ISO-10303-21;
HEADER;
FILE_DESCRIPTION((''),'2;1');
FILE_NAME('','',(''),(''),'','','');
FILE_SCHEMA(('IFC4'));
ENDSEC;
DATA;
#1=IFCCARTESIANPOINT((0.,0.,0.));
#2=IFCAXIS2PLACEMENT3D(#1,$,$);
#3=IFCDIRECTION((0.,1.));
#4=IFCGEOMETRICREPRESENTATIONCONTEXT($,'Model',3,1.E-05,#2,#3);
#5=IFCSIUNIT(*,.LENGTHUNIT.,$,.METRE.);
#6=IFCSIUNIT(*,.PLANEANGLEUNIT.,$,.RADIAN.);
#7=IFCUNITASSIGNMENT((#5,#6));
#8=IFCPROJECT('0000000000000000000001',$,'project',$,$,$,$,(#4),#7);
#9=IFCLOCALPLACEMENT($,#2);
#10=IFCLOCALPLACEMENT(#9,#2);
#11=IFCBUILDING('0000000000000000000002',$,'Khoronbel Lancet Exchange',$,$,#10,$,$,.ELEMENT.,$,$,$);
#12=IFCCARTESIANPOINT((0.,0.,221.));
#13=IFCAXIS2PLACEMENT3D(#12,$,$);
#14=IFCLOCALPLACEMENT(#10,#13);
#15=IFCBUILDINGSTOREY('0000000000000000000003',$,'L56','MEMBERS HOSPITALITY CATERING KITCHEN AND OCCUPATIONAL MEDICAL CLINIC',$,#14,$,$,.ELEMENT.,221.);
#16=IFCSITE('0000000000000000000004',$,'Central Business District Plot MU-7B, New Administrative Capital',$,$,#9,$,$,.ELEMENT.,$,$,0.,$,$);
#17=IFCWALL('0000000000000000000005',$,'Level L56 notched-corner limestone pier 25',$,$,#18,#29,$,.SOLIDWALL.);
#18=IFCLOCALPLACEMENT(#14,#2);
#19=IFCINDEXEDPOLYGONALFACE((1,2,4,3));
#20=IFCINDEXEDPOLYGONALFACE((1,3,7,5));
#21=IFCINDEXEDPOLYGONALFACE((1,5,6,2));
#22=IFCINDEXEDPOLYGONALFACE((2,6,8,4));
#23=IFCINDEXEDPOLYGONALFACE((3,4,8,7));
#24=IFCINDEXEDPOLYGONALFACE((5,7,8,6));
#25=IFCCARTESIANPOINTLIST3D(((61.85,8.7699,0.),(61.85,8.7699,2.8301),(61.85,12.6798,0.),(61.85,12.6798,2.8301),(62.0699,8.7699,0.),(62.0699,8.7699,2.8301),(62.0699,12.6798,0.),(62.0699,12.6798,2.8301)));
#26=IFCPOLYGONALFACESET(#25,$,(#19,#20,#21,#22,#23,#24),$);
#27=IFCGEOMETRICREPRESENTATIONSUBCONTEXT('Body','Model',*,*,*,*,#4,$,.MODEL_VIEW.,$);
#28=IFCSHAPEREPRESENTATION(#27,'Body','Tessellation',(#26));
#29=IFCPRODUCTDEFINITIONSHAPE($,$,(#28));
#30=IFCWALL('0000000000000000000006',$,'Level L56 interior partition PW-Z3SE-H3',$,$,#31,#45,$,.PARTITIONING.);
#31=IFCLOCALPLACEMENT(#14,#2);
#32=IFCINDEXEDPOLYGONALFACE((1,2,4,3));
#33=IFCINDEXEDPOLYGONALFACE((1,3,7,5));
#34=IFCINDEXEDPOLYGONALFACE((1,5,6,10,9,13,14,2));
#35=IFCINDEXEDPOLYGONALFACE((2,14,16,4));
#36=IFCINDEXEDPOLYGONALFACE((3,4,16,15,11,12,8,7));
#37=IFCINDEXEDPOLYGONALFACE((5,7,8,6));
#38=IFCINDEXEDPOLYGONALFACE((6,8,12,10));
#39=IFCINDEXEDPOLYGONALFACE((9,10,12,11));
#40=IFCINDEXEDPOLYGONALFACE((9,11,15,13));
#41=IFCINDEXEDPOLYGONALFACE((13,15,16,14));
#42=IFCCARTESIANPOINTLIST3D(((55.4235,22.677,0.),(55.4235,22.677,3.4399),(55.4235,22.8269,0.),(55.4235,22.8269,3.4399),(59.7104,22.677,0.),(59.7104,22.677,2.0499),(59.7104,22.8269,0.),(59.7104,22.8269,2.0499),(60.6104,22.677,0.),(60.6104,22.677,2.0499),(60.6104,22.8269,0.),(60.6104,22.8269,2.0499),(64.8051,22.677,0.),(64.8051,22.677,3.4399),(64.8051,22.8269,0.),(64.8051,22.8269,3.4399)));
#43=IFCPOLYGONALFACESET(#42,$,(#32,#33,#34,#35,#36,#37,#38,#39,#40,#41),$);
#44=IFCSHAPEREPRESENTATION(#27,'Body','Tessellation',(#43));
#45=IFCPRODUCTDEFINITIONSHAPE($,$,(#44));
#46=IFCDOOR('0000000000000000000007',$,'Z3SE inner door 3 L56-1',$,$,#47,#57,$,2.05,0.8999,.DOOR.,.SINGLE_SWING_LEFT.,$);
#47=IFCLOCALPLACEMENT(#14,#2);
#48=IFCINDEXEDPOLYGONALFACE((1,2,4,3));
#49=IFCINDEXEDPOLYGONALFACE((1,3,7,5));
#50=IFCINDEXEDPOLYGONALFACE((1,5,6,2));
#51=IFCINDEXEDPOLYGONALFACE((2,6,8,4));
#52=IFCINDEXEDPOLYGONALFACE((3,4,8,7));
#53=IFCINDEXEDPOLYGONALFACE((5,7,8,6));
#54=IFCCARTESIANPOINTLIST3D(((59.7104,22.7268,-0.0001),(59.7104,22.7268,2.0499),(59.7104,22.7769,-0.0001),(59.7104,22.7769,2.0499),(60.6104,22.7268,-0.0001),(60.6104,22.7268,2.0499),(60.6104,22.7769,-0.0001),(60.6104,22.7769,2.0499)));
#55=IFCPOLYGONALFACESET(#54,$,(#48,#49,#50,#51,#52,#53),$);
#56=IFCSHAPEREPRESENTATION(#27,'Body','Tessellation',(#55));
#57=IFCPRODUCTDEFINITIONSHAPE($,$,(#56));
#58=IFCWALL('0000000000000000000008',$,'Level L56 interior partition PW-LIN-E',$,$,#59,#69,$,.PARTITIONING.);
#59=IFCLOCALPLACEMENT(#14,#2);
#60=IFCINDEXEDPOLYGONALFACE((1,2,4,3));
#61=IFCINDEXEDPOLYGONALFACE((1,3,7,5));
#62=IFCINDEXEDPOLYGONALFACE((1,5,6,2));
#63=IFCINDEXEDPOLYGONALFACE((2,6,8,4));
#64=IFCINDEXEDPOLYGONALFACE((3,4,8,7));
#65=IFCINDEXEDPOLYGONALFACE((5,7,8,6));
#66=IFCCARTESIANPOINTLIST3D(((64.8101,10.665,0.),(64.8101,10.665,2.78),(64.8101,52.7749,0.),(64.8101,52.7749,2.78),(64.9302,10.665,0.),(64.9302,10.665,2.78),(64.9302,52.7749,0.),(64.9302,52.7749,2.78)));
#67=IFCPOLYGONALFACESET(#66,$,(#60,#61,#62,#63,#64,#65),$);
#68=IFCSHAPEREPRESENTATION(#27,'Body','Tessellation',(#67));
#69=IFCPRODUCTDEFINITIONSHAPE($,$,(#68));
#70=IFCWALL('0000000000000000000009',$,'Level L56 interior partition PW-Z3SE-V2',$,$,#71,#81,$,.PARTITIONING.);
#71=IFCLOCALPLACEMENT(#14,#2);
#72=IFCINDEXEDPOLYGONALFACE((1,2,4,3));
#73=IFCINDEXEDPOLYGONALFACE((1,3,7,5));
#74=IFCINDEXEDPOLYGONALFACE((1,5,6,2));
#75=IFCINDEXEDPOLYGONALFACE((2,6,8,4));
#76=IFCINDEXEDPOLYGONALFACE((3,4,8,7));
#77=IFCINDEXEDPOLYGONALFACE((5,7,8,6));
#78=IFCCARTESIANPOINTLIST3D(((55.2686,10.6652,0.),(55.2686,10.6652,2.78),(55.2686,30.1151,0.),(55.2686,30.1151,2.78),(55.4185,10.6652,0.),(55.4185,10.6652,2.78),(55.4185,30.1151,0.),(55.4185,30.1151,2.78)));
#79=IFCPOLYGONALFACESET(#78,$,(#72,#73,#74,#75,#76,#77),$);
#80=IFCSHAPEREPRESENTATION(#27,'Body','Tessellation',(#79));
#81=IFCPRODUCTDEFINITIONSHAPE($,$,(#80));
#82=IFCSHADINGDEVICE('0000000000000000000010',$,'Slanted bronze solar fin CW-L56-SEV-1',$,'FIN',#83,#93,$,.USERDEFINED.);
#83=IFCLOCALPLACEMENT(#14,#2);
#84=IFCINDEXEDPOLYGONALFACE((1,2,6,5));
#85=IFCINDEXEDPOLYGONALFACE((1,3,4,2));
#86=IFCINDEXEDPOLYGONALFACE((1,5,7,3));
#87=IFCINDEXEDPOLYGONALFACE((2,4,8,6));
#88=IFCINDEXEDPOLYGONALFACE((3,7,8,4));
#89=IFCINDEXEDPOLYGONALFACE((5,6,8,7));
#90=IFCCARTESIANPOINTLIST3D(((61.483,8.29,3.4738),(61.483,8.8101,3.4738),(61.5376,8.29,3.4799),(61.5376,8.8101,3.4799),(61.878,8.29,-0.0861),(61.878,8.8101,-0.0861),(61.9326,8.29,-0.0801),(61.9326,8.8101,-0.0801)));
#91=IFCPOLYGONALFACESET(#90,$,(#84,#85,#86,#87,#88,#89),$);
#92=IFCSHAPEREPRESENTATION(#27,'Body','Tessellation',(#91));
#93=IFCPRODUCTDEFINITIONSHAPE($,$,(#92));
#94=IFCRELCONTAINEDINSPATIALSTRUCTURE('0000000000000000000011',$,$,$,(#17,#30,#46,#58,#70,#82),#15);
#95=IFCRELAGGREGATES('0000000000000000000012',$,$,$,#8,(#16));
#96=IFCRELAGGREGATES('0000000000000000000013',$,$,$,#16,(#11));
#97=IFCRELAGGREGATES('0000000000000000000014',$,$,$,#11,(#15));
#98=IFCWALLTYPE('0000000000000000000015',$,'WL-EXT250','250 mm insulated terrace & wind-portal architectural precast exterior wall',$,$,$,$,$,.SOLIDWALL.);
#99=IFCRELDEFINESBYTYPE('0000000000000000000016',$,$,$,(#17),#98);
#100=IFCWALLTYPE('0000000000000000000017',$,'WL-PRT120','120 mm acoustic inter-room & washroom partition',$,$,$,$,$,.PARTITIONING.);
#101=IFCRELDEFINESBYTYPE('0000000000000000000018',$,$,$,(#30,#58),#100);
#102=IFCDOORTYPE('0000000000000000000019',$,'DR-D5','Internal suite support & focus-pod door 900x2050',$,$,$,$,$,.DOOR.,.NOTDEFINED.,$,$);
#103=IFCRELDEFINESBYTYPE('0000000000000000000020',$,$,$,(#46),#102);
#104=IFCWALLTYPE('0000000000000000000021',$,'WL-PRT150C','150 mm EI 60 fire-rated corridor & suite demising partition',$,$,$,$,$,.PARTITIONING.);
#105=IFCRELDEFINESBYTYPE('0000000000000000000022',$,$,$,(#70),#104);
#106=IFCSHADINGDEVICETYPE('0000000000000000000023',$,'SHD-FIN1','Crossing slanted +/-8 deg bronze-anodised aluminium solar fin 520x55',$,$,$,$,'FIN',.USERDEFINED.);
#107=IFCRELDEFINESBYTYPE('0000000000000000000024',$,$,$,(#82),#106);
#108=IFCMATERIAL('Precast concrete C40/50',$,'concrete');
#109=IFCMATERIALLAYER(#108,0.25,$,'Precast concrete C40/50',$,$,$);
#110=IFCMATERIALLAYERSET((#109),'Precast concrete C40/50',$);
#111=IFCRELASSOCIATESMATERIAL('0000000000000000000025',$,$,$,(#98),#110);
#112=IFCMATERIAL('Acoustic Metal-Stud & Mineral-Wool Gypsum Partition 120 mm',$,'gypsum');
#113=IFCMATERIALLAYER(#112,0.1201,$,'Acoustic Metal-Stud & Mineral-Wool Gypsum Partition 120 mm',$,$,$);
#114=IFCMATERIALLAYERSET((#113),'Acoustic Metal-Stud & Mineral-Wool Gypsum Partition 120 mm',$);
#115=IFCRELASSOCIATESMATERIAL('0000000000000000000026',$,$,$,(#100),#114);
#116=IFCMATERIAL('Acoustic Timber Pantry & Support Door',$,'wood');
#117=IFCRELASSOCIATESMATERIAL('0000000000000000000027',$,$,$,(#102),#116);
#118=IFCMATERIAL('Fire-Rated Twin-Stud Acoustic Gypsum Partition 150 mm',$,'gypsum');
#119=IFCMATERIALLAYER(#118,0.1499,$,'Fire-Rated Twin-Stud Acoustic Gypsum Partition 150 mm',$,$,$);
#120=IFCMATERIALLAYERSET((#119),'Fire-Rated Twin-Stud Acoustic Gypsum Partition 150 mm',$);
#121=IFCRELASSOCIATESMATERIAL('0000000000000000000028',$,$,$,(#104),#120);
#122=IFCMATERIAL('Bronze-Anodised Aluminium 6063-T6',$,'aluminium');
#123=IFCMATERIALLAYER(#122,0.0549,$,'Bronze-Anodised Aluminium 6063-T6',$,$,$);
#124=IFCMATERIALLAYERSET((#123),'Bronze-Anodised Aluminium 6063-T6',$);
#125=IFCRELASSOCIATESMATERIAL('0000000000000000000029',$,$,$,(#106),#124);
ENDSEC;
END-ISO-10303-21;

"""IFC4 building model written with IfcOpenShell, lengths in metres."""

from ifc_helpers import new_model, si_unit, direction, frame, frame_2d, origin, place, context, subcontext, project, spatial, polyline, rectangle, outline, extrude, material, layer, layer_set, type_object, element, fill, save


model = new_model("IFC4")

# Units and contexts
model_context = context("Model", 3, precision=1e-05, world=origin(), true_north=direction((0.0, 1.0)))
body_context = subcontext(model_context, "Body", "Model", "MODEL_VIEW")
ifc_project = project(units=[si_unit("LENGTHUNIT", "METRE"), si_unit("PLANEANGLEUNIT", "RADIAN")], contexts=[model_context])

# Site, building, storey
site_placement = place(None, origin())
site = spatial("IfcSite", under=ifc_project, at=site_placement, Name="Central Business District Plot MU-7B, New Administrative Capital", CompositionType="ELEMENT", RefElevation=0.0)
building_placement = place(site_placement, origin())
building = spatial("IfcBuilding", under=site, at=building_placement, Name="Khoronbel Lancet Exchange", CompositionType="ELEMENT")
storey_placement = place(building_placement, frame((0.0, 0.0, 221.0)))
storey = spatial("IfcBuildingStorey", under=building, at=storey_placement, Name="L56", Description="MEMBERS HOSPITALITY CATERING KITCHEN AND OCCUPATIONAL MEDICAL CLINIC", CompositionType="ELEMENT", Elevation=221.0)

# Shared definitions
ifc_material_1 = material(Name="Bronze-Anodised Aluminium 6063-T6", Category="aluminium")

# Wall
ifc_material_2 = material(Name="Precast concrete C40/50", Category="concrete")
ifc_layer_1 = layer(ifc_material_2, 0.25, Name="Precast concrete C40/50")
ifc_layer_set_1 = layer_set([ifc_layer_1], Name="Precast concrete C40/50")
wall_type_1 = type_object("IfcWallType", Name="WL-EXT250", Description="250 mm insulated terrace & wind-portal architectural precast exterior wall", PredefinedType="SOLIDWALL", material=ifc_layer_set_1)
wall_1_placement = place(storey_placement, frame((61.96, 12.6799, 0.0), z_axis=(0.0, 0.0, 1.0), x_axis=(0.0, -1.0, 0.0)))
element("IfcWall", 1, at=wall_1_placement, inside=storey, type_object=wall_type_1, Name="Level L56 notched-corner limestone pier 25", PredefinedType="SOLIDWALL", context=body_context, shape_type="SweptSolid", body=[
    extrude(rectangle(XDim=3.9099, YDim=0.22, at=frame_2d((1.9551, 0.0))), origin(), (0.0, 0.0, 1.0), 2.8301),
])

# Wall, opening, door
ifc_material_3 = material(Name="Acoustic Metal-Stud & Mineral-Wool Gypsum Partition 120 mm", Category="gypsum")
ifc_layer_2 = layer(ifc_material_3, 0.1201, Name="Acoustic Metal-Stud & Mineral-Wool Gypsum Partition 120 mm")
ifc_layer_set_2 = layer_set([ifc_layer_2], Name="Acoustic Metal-Stud & Mineral-Wool Gypsum Partition 120 mm")
wall_type_2 = type_object("IfcWallType", Name="WL-PRT120", Description="120 mm acoustic inter-room & washroom partition", PredefinedType="PARTITIONING", material=ifc_layer_set_2)
wall_2_placement = place(storey_placement, frame((55.4233, 22.752, 0.0), z_axis=(0.0, 0.0, 1.0), x_axis=(1.0, 0.0, 0.0)))
wall_2 = element("IfcWall", 2, at=wall_2_placement, inside=storey, type_object=wall_type_2, Name="Level L56 interior partition PW-Z3SE-H3", PredefinedType="PARTITIONING", context=body_context, shape_type="SweptSolid", body=[
    extrude(rectangle(XDim=9.3816, YDim=0.1499, at=frame_2d((4.6909, 0.0))), origin(), (0.0, 0.0, 1.0), 3.4399),
])
opening_placement = place(wall_2_placement, frame((4.2871, 0.0, 0.0)))
opening = element("IfcOpeningElement", 3, at=opening_placement, cuts=wall_2, PredefinedType="OPENING", context=body_context, shape_type="SweptSolid", body=[
    extrude(rectangle(XDim=0.8999, YDim=2.05, at=frame_2d((0.45, 1.0249))), frame((0.0, 0.085, 0.0), z_axis=(0.0, -1.0, 0.0), x_axis=(1.0, 0.0, 0.0)), (0.0, 0.0, 1.0), 0.1699),
])
ifc_material_4 = material(Name="Acoustic Timber Pantry & Support Door", Category="wood")
door_type = type_object("IfcDoorType", Name="DR-D5", Description="Internal suite support & focus-pod door 900x2050", OperationType="NOTDEFINED", PredefinedType="DOOR", material=ifc_material_4)
door_placement = place(opening_placement, origin())
door = element("IfcDoor", 4, at=door_placement, inside=storey, type_object=door_type, Name="Z3SE inner door 3 L56-1", OperationType="SINGLE_SWING_LEFT", OverallHeight=2.05, OverallWidth=0.8999, PredefinedType="DOOR", context=body_context, shape_type="SweptSolid", body=[
    extrude(rectangle(XDim=0.8999, YDim=2.05, at=frame_2d((0.45, 1.0249))), frame((0.0, 0.0249, 0.0), z_axis=(0.0, -1.0, 0.0), x_axis=(1.0, 0.0, 0.0)), (0.0, 0.0, 1.0), 0.05),
])
fill(opening, door)

# Walls
wall_3_placement = place(storey_placement, frame((64.8701, 10.665, 0.0), z_axis=(0.0, 0.0, 1.0), x_axis=(0.0, 1.0, 0.0)))
element("IfcWall", 5, at=wall_3_placement, inside=storey, type_object=wall_type_2, Name="Level L56 interior partition PW-LIN-E", PredefinedType="PARTITIONING", context=body_context, shape_type="SweptSolid", body=[
    extrude(rectangle(XDim=42.1099, YDim=0.1201, at=frame_2d((21.0549, 0.0))), origin(), (0.0, 0.0, 1.0), 2.78),
])
ifc_material_5 = material(Name="Fire-Rated Twin-Stud Acoustic Gypsum Partition 150 mm", Category="gypsum")
ifc_layer_3 = layer(ifc_material_5, 0.1499, Name="Fire-Rated Twin-Stud Acoustic Gypsum Partition 150 mm")
ifc_layer_set_3 = layer_set([ifc_layer_3], Name="Fire-Rated Twin-Stud Acoustic Gypsum Partition 150 mm")
wall_type_3 = type_object("IfcWallType", Name="WL-PRT150C", Description="150 mm EI 60 fire-rated corridor & suite demising partition", PredefinedType="PARTITIONING", material=ifc_layer_set_3)
wall_4_placement = place(storey_placement, frame((55.3435, 10.665, 0.0), z_axis=(0.0, 0.0, 1.0), x_axis=(0.0, 1.0, 0.0)))
element("IfcWall", 6, at=wall_4_placement, inside=storey, type_object=wall_type_3, Name="Level L56 interior partition PW-Z3SE-V2", PredefinedType="PARTITIONING", context=body_context, shape_type="SweptSolid", body=[
    extrude(rectangle(XDim=19.45, YDim=0.1499, at=frame_2d((9.7251, 0.0))), origin(), (0.0, 0.0, 1.0), 2.78),
])

# Shading device
ifc_layer_4 = layer(ifc_material_1, 0.0549, Name="Bronze-Anodised Aluminium 6063-T6")
ifc_layer_set_4 = layer_set([ifc_layer_4], Name="Bronze-Anodised Aluminium 6063-T6")
shading_device_type = type_object("IfcShadingDeviceType", Name="SHD-FIN1", Description="Crossing slanted +/-8 deg bronze-anodised aluminium solar fin 520x55", ElementType="FIN", PredefinedType="USERDEFINED", material=ifc_layer_set_4)
shading_device_placement = place(storey_placement, frame((61.9326, 8.8101, -0.0801), z_axis=(0.9939, 0.0, 0.110282), x_axis=(0.0, -1.0, 0.0)))
element("IfcShadingDevice", 7, at=shading_device_placement, inside=storey, type_object=shading_device_type, Name="Slanted bronze solar fin CW-L56-SEV-1", ObjectType="FIN", PredefinedType="USERDEFINED", context=body_context, shape_type="SweptSolid", body=[
    extrude(outline(polyline([(0.0, 0.0), (0.52, 0.0), (0.52, -3.5818), (0.0, -3.5818), (0.0, 0.0)])), origin(), (0.0, 0.0, -1.0), 0.0549),
])

save(model, "model.ifc")
